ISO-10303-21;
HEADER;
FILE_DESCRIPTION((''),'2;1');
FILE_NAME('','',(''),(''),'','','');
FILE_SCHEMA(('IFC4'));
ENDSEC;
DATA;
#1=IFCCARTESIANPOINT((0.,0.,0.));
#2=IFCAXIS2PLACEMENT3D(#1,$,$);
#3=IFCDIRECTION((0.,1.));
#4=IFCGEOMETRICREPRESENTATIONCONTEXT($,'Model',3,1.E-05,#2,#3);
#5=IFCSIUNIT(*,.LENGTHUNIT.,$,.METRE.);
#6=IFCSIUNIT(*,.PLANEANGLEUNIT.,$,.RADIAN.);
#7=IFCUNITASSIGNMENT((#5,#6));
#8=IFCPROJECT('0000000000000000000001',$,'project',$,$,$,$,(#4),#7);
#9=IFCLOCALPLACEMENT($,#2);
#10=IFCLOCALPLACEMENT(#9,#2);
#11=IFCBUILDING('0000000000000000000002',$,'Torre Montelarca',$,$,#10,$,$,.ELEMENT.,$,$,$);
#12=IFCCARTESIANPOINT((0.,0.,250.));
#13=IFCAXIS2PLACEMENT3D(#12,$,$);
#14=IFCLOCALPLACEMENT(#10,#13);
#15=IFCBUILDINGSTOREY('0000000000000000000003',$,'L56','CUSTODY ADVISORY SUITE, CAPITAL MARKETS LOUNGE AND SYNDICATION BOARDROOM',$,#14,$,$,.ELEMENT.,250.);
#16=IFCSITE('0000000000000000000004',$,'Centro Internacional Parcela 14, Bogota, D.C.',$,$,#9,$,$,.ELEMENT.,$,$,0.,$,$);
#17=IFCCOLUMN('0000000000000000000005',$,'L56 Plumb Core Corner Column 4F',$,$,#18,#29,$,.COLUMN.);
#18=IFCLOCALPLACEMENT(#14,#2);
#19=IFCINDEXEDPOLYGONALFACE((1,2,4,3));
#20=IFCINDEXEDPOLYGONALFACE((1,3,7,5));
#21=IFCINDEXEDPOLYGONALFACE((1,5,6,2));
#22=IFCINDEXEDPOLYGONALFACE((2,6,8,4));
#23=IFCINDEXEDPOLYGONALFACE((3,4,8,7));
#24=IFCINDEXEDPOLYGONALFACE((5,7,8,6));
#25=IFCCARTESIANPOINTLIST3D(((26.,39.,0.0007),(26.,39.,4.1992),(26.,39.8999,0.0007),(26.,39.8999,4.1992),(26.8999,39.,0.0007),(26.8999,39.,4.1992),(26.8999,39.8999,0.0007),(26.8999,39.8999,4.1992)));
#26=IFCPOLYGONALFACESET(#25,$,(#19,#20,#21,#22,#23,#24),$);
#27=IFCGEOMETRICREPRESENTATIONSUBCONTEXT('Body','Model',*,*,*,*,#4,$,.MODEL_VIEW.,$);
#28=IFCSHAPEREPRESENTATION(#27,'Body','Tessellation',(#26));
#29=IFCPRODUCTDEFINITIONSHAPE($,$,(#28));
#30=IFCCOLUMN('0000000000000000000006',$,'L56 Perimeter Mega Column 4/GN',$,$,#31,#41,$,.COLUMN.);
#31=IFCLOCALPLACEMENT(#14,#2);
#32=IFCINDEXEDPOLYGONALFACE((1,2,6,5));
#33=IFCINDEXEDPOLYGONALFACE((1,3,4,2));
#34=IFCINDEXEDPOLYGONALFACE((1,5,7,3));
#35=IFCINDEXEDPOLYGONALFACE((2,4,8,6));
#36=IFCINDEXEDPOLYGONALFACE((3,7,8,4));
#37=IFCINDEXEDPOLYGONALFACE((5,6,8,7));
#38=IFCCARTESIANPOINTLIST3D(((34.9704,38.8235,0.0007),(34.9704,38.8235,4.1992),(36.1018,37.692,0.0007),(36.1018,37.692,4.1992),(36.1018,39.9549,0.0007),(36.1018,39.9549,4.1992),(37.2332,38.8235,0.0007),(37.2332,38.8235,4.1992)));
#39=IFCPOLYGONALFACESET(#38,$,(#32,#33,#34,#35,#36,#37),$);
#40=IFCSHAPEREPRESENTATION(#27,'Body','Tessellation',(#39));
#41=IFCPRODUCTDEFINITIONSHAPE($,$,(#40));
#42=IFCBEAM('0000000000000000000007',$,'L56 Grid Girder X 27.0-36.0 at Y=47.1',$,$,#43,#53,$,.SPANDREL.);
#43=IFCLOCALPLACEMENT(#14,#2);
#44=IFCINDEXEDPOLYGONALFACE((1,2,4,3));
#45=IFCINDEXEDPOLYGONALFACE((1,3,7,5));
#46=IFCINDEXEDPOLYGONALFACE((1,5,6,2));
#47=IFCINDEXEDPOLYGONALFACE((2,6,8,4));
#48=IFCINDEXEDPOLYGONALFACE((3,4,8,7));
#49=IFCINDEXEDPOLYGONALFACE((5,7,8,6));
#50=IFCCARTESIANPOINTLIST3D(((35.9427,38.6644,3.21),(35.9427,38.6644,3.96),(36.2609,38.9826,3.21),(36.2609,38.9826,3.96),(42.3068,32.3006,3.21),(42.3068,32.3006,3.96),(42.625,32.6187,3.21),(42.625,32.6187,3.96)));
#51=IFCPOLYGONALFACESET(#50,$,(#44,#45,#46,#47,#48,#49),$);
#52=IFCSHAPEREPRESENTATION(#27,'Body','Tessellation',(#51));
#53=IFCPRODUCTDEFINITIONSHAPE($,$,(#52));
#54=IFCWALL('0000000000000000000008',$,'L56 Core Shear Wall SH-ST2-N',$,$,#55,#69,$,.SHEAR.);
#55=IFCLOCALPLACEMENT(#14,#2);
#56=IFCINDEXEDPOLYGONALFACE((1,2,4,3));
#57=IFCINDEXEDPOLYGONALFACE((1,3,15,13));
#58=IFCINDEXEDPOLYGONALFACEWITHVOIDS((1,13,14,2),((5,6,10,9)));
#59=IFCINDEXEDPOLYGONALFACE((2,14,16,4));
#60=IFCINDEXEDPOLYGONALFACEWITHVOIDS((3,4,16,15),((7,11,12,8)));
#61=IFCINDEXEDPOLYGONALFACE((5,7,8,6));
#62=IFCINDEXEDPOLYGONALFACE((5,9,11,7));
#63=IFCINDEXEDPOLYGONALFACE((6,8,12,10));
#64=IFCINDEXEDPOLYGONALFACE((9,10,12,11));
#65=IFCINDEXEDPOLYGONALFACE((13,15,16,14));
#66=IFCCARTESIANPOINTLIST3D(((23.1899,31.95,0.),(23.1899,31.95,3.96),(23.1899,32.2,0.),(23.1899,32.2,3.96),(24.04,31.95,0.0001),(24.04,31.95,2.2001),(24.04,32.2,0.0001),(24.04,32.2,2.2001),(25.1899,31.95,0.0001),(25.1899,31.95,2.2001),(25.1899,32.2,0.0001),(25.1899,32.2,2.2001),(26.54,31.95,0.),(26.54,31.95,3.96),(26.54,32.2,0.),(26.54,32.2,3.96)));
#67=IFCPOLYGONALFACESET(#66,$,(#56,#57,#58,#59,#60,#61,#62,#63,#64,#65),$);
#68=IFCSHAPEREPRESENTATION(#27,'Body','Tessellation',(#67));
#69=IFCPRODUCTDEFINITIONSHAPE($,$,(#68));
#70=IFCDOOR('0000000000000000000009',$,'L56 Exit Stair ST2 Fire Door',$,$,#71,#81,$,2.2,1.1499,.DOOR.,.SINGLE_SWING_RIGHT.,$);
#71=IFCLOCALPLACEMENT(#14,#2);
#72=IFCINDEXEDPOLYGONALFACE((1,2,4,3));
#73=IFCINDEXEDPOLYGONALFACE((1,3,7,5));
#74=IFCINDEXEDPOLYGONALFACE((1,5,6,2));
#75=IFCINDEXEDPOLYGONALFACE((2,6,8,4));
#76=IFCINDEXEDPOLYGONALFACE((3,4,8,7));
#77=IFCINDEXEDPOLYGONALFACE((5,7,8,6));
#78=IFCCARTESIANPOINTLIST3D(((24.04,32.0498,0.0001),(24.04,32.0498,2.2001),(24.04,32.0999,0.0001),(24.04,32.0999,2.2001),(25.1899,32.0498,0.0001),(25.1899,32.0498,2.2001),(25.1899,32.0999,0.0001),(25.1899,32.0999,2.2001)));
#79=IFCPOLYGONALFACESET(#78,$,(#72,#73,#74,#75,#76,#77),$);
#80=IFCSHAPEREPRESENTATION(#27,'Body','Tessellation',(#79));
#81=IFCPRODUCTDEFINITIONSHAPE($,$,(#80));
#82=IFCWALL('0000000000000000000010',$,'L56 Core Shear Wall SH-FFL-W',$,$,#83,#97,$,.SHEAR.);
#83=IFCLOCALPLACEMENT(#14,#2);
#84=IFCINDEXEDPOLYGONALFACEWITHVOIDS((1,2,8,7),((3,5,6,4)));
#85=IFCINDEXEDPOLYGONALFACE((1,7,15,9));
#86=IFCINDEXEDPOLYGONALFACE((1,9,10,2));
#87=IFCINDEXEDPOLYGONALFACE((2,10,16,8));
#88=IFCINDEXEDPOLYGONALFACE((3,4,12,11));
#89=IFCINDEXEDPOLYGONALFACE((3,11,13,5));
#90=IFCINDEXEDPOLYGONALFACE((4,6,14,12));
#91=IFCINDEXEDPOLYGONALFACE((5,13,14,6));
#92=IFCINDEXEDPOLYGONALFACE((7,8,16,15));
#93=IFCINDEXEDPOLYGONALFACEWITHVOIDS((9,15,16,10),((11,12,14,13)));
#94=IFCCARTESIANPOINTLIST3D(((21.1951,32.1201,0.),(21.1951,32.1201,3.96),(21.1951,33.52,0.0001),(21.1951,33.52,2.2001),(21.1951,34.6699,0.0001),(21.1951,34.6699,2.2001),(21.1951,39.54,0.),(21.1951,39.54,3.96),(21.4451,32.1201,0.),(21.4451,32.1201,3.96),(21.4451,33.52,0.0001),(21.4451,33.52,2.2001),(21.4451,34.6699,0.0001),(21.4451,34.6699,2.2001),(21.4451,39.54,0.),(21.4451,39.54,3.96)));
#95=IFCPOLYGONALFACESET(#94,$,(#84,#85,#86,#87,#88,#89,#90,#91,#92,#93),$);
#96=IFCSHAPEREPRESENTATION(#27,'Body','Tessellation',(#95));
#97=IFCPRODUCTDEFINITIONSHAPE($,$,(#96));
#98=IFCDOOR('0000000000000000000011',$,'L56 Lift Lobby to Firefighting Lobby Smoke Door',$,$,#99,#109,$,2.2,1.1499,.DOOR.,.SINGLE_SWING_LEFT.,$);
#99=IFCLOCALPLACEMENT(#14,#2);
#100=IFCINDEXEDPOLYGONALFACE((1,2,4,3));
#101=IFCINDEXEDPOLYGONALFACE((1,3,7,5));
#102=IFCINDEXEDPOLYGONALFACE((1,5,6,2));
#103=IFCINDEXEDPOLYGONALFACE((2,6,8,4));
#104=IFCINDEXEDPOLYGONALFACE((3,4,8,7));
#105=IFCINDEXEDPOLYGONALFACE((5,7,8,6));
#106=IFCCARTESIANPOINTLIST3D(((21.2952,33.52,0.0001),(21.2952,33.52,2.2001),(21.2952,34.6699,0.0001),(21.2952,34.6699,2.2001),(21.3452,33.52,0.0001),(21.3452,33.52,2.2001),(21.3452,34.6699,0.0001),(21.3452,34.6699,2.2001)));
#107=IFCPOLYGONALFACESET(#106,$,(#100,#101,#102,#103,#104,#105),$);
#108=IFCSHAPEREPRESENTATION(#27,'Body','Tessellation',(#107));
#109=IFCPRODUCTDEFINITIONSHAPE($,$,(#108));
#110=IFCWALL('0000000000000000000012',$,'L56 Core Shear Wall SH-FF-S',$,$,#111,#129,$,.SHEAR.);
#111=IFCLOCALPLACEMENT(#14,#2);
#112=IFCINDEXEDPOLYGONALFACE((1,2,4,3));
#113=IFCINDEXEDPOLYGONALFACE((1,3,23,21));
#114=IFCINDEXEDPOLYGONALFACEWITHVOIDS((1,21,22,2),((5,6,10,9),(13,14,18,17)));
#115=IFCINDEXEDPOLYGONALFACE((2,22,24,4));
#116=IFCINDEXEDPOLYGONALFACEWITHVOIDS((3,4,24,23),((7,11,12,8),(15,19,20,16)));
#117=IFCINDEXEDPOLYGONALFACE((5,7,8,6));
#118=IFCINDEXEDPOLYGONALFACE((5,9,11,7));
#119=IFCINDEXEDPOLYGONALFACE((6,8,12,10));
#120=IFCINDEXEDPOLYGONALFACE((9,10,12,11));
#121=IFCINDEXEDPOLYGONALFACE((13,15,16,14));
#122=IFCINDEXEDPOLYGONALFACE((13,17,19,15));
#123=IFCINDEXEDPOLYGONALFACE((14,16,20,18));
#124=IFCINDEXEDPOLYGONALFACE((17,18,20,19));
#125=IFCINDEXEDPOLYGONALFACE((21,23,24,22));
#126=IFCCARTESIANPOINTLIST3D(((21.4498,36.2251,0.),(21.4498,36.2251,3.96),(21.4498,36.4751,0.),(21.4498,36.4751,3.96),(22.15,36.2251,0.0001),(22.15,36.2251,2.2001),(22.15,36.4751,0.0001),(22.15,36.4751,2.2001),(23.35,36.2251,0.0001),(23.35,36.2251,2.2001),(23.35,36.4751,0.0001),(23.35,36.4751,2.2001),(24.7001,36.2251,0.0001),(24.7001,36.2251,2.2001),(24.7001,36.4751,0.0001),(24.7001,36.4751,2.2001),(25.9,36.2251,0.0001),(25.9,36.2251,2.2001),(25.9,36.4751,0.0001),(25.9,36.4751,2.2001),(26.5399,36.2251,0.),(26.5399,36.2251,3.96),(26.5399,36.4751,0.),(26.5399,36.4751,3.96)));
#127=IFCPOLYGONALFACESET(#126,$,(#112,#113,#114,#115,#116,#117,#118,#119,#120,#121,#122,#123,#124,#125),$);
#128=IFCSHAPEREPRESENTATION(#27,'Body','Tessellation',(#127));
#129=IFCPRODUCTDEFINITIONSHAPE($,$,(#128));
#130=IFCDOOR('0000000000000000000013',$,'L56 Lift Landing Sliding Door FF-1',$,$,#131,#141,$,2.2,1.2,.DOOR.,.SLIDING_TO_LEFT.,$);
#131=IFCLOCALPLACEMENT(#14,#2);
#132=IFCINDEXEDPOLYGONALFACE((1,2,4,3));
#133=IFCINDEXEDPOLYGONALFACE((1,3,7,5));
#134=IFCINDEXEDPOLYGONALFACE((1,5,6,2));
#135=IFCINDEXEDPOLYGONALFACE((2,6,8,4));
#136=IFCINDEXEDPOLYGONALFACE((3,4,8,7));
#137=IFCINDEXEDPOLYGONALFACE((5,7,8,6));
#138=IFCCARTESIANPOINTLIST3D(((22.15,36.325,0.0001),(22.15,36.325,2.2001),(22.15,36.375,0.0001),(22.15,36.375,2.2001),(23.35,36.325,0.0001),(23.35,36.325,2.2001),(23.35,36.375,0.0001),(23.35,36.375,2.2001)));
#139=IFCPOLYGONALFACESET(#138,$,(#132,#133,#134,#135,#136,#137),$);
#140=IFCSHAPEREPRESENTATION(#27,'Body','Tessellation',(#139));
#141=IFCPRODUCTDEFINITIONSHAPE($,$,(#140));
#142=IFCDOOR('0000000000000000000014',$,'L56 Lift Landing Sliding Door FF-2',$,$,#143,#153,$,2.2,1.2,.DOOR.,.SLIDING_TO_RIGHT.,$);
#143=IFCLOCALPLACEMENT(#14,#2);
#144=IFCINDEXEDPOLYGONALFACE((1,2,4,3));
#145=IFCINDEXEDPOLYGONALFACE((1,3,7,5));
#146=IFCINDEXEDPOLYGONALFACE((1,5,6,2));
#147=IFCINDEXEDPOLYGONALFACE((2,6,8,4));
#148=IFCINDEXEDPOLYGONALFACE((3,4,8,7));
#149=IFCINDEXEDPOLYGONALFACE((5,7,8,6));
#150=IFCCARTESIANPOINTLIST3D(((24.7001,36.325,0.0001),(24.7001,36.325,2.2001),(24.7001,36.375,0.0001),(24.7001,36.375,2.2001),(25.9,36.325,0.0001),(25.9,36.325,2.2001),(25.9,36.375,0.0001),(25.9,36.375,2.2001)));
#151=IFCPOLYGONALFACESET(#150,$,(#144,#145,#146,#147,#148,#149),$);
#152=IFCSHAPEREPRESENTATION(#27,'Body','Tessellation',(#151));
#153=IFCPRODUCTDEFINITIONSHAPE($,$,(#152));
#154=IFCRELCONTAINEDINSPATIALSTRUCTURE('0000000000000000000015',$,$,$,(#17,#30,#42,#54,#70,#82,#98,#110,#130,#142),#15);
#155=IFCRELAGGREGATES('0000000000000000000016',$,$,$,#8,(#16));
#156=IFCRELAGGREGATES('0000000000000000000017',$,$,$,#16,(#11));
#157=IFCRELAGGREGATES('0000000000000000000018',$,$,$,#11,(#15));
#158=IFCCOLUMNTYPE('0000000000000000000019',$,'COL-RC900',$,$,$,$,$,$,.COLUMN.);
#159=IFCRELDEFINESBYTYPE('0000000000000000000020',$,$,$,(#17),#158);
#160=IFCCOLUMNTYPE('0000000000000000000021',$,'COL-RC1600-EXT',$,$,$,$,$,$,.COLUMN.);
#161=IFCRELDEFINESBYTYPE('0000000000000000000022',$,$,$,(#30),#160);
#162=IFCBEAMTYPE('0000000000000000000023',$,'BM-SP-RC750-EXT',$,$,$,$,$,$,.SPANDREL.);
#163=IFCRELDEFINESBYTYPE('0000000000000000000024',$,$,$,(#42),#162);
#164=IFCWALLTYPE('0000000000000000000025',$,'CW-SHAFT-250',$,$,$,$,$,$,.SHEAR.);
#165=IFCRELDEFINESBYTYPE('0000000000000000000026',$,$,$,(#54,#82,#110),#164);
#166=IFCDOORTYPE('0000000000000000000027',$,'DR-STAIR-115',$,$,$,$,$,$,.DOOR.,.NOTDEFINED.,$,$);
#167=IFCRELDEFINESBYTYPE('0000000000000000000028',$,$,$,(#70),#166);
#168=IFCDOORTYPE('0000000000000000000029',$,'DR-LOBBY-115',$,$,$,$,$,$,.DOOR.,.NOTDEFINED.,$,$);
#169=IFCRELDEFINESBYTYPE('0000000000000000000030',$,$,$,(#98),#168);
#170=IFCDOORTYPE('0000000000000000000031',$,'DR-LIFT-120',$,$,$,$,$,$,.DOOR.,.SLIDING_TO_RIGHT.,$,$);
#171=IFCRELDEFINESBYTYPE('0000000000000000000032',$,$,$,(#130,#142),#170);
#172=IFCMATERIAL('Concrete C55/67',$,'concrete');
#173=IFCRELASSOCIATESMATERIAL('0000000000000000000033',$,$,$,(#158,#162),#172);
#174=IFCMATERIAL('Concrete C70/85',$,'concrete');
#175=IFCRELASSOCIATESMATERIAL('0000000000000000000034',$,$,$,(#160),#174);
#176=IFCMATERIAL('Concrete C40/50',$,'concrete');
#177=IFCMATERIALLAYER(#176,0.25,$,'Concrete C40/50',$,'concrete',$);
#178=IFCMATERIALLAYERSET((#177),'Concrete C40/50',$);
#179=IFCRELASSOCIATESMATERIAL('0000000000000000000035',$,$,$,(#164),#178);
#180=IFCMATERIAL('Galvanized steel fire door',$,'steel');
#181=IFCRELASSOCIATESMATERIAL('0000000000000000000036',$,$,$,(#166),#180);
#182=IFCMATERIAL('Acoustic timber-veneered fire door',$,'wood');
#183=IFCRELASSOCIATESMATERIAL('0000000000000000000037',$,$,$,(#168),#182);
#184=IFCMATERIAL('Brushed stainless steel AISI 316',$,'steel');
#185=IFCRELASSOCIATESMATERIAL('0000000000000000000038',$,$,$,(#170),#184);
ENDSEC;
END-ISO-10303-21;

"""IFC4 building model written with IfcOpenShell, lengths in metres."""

from ifc_helpers import new_model, si_unit, direction, frame, frame_2d, origin, origin_2d, place, context, subcontext, project, spatial, rectangle, extrude, source, transform, mapped, material, layer, layer_set, material_profile, profile_set, type_object, element, fill, save


model = new_model("IFC4")

# Units and contexts
model_context = context("Model", 3, precision=1e-05, world=origin(), true_north=direction((0.0, 1.0)))
body_context = subcontext(model_context, "Body", "Model", "MODEL_VIEW")
ifc_project = project(units=[si_unit("LENGTHUNIT", "METRE"), si_unit("PLANEANGLEUNIT", "RADIAN")], contexts=[model_context])

# Site, building, storey
site_placement = place(None, origin())
site = spatial("IfcSite", under=ifc_project, at=site_placement, Name="Centro Internacional Parcela 14, Bogota, D.C.", CompositionType="ELEMENT", RefElevation=0.0)
building_placement = place(site_placement, origin())
building = spatial("IfcBuilding", under=site, at=building_placement, Name="Torre Montelarca", CompositionType="ELEMENT")
storey_placement = place(building_placement, frame((0.0, 0.0, 250.0)))
storey = spatial("IfcBuildingStorey", under=building, at=storey_placement, Name="L56", Description="CUSTODY ADVISORY SUITE, CAPITAL MARKETS LOUNGE AND SYNDICATION BOARDROOM", CompositionType="ELEMENT", Elevation=250.0)

# Columns
ifc_material_1 = material(Name="Concrete C55/67", Category="concrete")
ifc_material_profile_1 = material_profile(ifc_material_1, rectangle(XDim=0.8999, YDim=0.8999, at=origin_2d()), Name="RC900X900", Category="concrete")
ifc_profile_set_1 = profile_set([ifc_material_profile_1], Name="Concrete C55/67")
column_type_1 = type_object("IfcColumnType", Name="COL-RC900", PredefinedType="COLUMN", material=ifc_profile_set_1)
shared_shape_1 = source(origin(), body_context, "Body", "SweptSolid", [
    extrude(rectangle(XDim=0.8999, YDim=0.8999, at=origin_2d()), origin(), (0.0, 0.0, 1.0), 4.1985),
])
column_1_placement = place(storey_placement, frame((26.45, 39.45, 0.0007), z_axis=(0.0, 0.0, 1.0), x_axis=(1.0, 0.0, 0.0)))
element("IfcColumn", 1, at=column_1_placement, inside=storey, type_object=column_type_1, Name="L56 Plumb Core Corner Column 4F", PredefinedType="COLUMN", context=body_context, shape_type="MappedRepresentation", body=[
    mapped(shared_shape_1, transform((0.0, 0.0, 0.0), scale=1.0)),
])
ifc_material_2 = material(Name="Concrete C70/85", Category="concrete")
ifc_material_profile_2 = material_profile(ifc_material_2, rectangle(XDim=1.6001, YDim=1.6001, at=origin_2d()), Name="RC1600X1600", Category="concrete")
ifc_profile_set_2 = profile_set([ifc_material_profile_2], Name="Concrete C70/85")
column_type_2 = type_object("IfcColumnType", Name="COL-RC1600-EXT", PredefinedType="COLUMN", material=ifc_profile_set_2)
shared_shape_2 = source(origin(), body_context, "Body", "SweptSolid", [
    extrude(rectangle(XDim=1.6001, YDim=1.6001, at=origin_2d()), origin(), (0.0, 0.0, 1.0), 4.1985),
])
column_2_placement = place(storey_placement, frame((36.1018, 38.8235, 0.0007), z_axis=(0.0, 0.0, 1.0), x_axis=(-0.707107, 0.707107, 0.0)))
element("IfcColumn", 2, at=column_2_placement, inside=storey, type_object=column_type_2, Name="L56 Perimeter Mega Column 4/GN", PredefinedType="COLUMN", context=body_context, shape_type="MappedRepresentation", body=[
    mapped(shared_shape_2, transform((0.0, 0.0, 0.0), scale=1.0)),
])

# Beam
ifc_material_profile_3 = material_profile(ifc_material_1, rectangle(XDim=0.45, YDim=0.75, at=origin_2d()), Name="RCB450X750", Category="concrete")
ifc_profile_set_3 = profile_set([ifc_material_profile_3], Name="Concrete C55/67")
beam_type = type_object("IfcBeamType", Name="BM-SP-RC750-EXT", PredefinedType="SPANDREL", material=ifc_profile_set_3)
shared_shape_3 = source(origin(), body_context, "Body", "SweptSolid", [
    extrude(rectangle(XDim=0.45, YDim=0.75, at=origin_2d()), origin(), (0.0, 0.0, 1.0), 9.0),
])
beam_placement = place(storey_placement, frame((36.1018, 38.8235, 3.585), z_axis=(0.70712, -0.707093, 0.0), x_axis=(0.707093, 0.70712, 0.0)))
element("IfcBeam", 3, at=beam_placement, inside=storey, type_object=beam_type, Name="L56 Grid Girder X 27.0-36.0 at Y=47.1", PredefinedType="SPANDREL", context=body_context, shape_type="MappedRepresentation", body=[
    mapped(shared_shape_3, transform((0.0, 0.0, 0.0), scale=1.0)),
])

# Walls, openings, doors
ifc_material_3 = material(Name="Concrete C40/50", Category="concrete")
ifc_layer_1 = layer(ifc_material_3, 0.25, Name="Concrete C40/50", Category="concrete")
ifc_layer_set_1 = layer_set([ifc_layer_1], Name="Concrete C40/50")
wall_type_1 = type_object("IfcWallType", Name="CW-SHAFT-250", PredefinedType="SHEAR", material=ifc_layer_set_1)
wall_1_placement = place(storey_placement, frame((23.1899, 32.075, 0.0), z_axis=(0.0, 0.0, 1.0), x_axis=(1.0, 0.0, 0.0)))
wall_1 = element("IfcWall", 4, at=wall_1_placement, inside=storey, type_object=wall_type_1, Name="L56 Core Shear Wall SH-ST2-N", PredefinedType="SHEAR", context=body_context, shape_type="SweptSolid", body=[
    extrude(rectangle(XDim=3.3501, YDim=0.25, at=frame_2d((1.675, 0.0))), origin(), (0.0, 0.0, 1.0), 3.96),
])
opening_1_placement = place(wall_1_placement, frame((0.8501, 0.0, 0.0)))
opening_1 = element("IfcOpeningElement", 5, at=opening_1_placement, cuts=wall_1, PredefinedType="OPENING", context=body_context, shape_type="SweptSolid", body=[
    extrude(rectangle(XDim=1.1499, YDim=2.2, at=frame_2d((0.575, 1.1001))), frame((0.0, 0.135, 0.0), z_axis=(0.0, -1.0, 0.0), x_axis=(1.0, 0.0, 0.0)), (0.0, 0.0, 1.0), 0.27),
])
ifc_material_4 = material(Name="Galvanized steel fire door", Category="steel")
door_type_1 = type_object("IfcDoorType", Name="DR-STAIR-115", OperationType="NOTDEFINED", PredefinedType="DOOR", material=ifc_material_4)
shared_shape_4 = source(origin(), body_context, "Body", "SweptSolid", [
    extrude(rectangle(XDim=1.1499, YDim=2.2, at=frame_2d((0.575, 1.1001))), frame((0.0, 0.0249, 0.0), z_axis=(0.0, -1.0, 0.0), x_axis=(1.0, 0.0, 0.0)), (0.0, 0.0, 1.0), 0.05),
])
door_1_placement = place(opening_1_placement, origin())
door_1 = element("IfcDoor", 6, at=door_1_placement, inside=storey, type_object=door_type_1, Name="L56 Exit Stair ST2 Fire Door", OperationType="SINGLE_SWING_RIGHT", OverallHeight=2.2, OverallWidth=1.1499, PredefinedType="DOOR", context=body_context, shape_type="MappedRepresentation", body=[
    mapped(shared_shape_4, transform((0.0, 0.0, 0.0), scale=1.0)),
])
fill(opening_1, door_1)
wall_2_placement = place(storey_placement, frame((21.3201, 32.1201, 0.0), z_axis=(0.0, 0.0, 1.0), x_axis=(0.0, 1.0, 0.0)))
wall_2 = element("IfcWall", 7, at=wall_2_placement, inside=storey, type_object=wall_type_1, Name="L56 Core Shear Wall SH-FFL-W", PredefinedType="SHEAR", context=body_context, shape_type="SweptSolid", body=[
    extrude(rectangle(XDim=7.4199, YDim=0.25, at=frame_2d((3.71, 0.0))), origin(), (0.0, 0.0, 1.0), 3.96),
])
opening_2_placement = place(wall_2_placement, frame((1.3999, 0.0, 0.0)))
opening_2 = element("IfcOpeningElement", 8, at=opening_2_placement, cuts=wall_2, PredefinedType="OPENING", context=body_context, shape_type="SweptSolid", body=[
    extrude(rectangle(XDim=1.1499, YDim=2.2, at=frame_2d((0.575, 1.1001))), frame((0.0, 0.135, 0.0), z_axis=(0.0, -1.0, 0.0), x_axis=(1.0, 0.0, 0.0)), (0.0, 0.0, 1.0), 0.27),
])
ifc_material_5 = material(Name="Acoustic timber-veneered fire door", Category="wood")
door_type_2 = type_object("IfcDoorType", Name="DR-LOBBY-115", OperationType="NOTDEFINED", PredefinedType="DOOR", material=ifc_material_5)
shared_shape_5 = source(origin(), body_context, "Body", "SweptSolid", [
    extrude(rectangle(XDim=1.1499, YDim=2.2, at=frame_2d((0.575, 1.1001))), frame((0.0, 0.0249, 0.0), z_axis=(0.0, -1.0, 0.0), x_axis=(1.0, 0.0, 0.0)), (0.0, 0.0, 1.0), 0.05),
])
door_2_placement = place(opening_2_placement, origin())
door_2 = element("IfcDoor", 9, at=door_2_placement, inside=storey, type_object=door_type_2, Name="L56 Lift Lobby to Firefighting Lobby Smoke Door", OperationType="SINGLE_SWING_LEFT", OverallHeight=2.2, OverallWidth=1.1499, PredefinedType="DOOR", context=body_context, shape_type="MappedRepresentation", body=[
    mapped(shared_shape_5, transform((0.0, 0.0, 0.0), scale=1.0)),
])
fill(opening_2, door_2)

# Wall, openings, doors
wall_3_placement = place(storey_placement, frame((21.45, 36.3501, 0.0), z_axis=(0.0, 0.0, 1.0), x_axis=(1.0, 0.0, 0.0)))
wall_3 = element("IfcWall", 10, at=wall_3_placement, inside=storey, type_object=wall_type_1, Name="L56 Core Shear Wall SH-FF-S", PredefinedType="SHEAR", context=body_context, shape_type="SweptSolid", body=[
    extrude(rectangle(XDim=5.0901, YDim=0.25, at=frame_2d((2.5449, 0.0))), origin(), (0.0, 0.0, 1.0), 3.96),
])
opening_3_placement = place(wall_3_placement, frame((0.7, 0.0, 0.0)))
opening_3 = element("IfcOpeningElement", 11, at=opening_3_placement, cuts=wall_3, PredefinedType="OPENING", context=body_context, shape_type="SweptSolid", body=[
    extrude(rectangle(XDim=1.2, YDim=2.2, at=frame_2d((0.6001, 1.1001))), frame((0.0, 0.135, 0.0), z_axis=(0.0, -1.0, 0.0), x_axis=(1.0, 0.0, 0.0)), (0.0, 0.0, 1.0), 0.27),
])
opening_4_placement = place(wall_3_placement, frame((3.25, 0.0, 0.0)))
opening_4 = element("IfcOpeningElement", 12, at=opening_4_placement, cuts=wall_3, PredefinedType="OPENING", context=body_context, shape_type="SweptSolid", body=[
    extrude(rectangle(XDim=1.2, YDim=2.2, at=frame_2d((0.6001, 1.1001))), frame((0.0, 0.135, 0.0), z_axis=(0.0, -1.0, 0.0), x_axis=(1.0, 0.0, 0.0)), (0.0, 0.0, 1.0), 0.27),
])
ifc_material_6 = material(Name="Brushed stainless steel AISI 316", Category="steel")
door_type_3 = type_object("IfcDoorType", Name="DR-LIFT-120", OperationType="SLIDING_TO_RIGHT", PredefinedType="DOOR", material=ifc_material_6)
shared_shape_6 = source(origin(), body_context, "Body", "SweptSolid", [
    extrude(rectangle(XDim=1.2, YDim=2.2, at=frame_2d((0.6001, 1.1001))), frame((0.0, 0.0249, 0.0), z_axis=(0.0, -1.0, 0.0), x_axis=(1.0, 0.0, 0.0)), (0.0, 0.0, 1.0), 0.05),
])
door_3_placement = place(opening_3_placement, origin())
door_3 = element("IfcDoor", 13, at=door_3_placement, inside=storey, type_object=door_type_3, Name="L56 Lift Landing Sliding Door FF-1", OperationType="SLIDING_TO_LEFT", OverallHeight=2.2, OverallWidth=1.2, PredefinedType="DOOR", context=body_context, shape_type="MappedRepresentation", body=[
    mapped(shared_shape_6, transform((0.0, 0.0, 0.0), scale=1.0)),
])
fill(opening_3, door_3)
door_4_placement = place(opening_4_placement, origin())
door_4 = element("IfcDoor", 14, at=door_4_placement, inside=storey, type_object=door_type_3, Name="L56 Lift Landing Sliding Door FF-2", OperationType="SLIDING_TO_RIGHT", OverallHeight=2.2, OverallWidth=1.2, PredefinedType="DOOR", context=body_context, shape_type="MappedRepresentation", body=[
    mapped(shared_shape_6, transform((0.0, 0.0, 0.0), scale=1.0)),
])
fill(opening_4, door_4)

save(model, "model.ifc")
